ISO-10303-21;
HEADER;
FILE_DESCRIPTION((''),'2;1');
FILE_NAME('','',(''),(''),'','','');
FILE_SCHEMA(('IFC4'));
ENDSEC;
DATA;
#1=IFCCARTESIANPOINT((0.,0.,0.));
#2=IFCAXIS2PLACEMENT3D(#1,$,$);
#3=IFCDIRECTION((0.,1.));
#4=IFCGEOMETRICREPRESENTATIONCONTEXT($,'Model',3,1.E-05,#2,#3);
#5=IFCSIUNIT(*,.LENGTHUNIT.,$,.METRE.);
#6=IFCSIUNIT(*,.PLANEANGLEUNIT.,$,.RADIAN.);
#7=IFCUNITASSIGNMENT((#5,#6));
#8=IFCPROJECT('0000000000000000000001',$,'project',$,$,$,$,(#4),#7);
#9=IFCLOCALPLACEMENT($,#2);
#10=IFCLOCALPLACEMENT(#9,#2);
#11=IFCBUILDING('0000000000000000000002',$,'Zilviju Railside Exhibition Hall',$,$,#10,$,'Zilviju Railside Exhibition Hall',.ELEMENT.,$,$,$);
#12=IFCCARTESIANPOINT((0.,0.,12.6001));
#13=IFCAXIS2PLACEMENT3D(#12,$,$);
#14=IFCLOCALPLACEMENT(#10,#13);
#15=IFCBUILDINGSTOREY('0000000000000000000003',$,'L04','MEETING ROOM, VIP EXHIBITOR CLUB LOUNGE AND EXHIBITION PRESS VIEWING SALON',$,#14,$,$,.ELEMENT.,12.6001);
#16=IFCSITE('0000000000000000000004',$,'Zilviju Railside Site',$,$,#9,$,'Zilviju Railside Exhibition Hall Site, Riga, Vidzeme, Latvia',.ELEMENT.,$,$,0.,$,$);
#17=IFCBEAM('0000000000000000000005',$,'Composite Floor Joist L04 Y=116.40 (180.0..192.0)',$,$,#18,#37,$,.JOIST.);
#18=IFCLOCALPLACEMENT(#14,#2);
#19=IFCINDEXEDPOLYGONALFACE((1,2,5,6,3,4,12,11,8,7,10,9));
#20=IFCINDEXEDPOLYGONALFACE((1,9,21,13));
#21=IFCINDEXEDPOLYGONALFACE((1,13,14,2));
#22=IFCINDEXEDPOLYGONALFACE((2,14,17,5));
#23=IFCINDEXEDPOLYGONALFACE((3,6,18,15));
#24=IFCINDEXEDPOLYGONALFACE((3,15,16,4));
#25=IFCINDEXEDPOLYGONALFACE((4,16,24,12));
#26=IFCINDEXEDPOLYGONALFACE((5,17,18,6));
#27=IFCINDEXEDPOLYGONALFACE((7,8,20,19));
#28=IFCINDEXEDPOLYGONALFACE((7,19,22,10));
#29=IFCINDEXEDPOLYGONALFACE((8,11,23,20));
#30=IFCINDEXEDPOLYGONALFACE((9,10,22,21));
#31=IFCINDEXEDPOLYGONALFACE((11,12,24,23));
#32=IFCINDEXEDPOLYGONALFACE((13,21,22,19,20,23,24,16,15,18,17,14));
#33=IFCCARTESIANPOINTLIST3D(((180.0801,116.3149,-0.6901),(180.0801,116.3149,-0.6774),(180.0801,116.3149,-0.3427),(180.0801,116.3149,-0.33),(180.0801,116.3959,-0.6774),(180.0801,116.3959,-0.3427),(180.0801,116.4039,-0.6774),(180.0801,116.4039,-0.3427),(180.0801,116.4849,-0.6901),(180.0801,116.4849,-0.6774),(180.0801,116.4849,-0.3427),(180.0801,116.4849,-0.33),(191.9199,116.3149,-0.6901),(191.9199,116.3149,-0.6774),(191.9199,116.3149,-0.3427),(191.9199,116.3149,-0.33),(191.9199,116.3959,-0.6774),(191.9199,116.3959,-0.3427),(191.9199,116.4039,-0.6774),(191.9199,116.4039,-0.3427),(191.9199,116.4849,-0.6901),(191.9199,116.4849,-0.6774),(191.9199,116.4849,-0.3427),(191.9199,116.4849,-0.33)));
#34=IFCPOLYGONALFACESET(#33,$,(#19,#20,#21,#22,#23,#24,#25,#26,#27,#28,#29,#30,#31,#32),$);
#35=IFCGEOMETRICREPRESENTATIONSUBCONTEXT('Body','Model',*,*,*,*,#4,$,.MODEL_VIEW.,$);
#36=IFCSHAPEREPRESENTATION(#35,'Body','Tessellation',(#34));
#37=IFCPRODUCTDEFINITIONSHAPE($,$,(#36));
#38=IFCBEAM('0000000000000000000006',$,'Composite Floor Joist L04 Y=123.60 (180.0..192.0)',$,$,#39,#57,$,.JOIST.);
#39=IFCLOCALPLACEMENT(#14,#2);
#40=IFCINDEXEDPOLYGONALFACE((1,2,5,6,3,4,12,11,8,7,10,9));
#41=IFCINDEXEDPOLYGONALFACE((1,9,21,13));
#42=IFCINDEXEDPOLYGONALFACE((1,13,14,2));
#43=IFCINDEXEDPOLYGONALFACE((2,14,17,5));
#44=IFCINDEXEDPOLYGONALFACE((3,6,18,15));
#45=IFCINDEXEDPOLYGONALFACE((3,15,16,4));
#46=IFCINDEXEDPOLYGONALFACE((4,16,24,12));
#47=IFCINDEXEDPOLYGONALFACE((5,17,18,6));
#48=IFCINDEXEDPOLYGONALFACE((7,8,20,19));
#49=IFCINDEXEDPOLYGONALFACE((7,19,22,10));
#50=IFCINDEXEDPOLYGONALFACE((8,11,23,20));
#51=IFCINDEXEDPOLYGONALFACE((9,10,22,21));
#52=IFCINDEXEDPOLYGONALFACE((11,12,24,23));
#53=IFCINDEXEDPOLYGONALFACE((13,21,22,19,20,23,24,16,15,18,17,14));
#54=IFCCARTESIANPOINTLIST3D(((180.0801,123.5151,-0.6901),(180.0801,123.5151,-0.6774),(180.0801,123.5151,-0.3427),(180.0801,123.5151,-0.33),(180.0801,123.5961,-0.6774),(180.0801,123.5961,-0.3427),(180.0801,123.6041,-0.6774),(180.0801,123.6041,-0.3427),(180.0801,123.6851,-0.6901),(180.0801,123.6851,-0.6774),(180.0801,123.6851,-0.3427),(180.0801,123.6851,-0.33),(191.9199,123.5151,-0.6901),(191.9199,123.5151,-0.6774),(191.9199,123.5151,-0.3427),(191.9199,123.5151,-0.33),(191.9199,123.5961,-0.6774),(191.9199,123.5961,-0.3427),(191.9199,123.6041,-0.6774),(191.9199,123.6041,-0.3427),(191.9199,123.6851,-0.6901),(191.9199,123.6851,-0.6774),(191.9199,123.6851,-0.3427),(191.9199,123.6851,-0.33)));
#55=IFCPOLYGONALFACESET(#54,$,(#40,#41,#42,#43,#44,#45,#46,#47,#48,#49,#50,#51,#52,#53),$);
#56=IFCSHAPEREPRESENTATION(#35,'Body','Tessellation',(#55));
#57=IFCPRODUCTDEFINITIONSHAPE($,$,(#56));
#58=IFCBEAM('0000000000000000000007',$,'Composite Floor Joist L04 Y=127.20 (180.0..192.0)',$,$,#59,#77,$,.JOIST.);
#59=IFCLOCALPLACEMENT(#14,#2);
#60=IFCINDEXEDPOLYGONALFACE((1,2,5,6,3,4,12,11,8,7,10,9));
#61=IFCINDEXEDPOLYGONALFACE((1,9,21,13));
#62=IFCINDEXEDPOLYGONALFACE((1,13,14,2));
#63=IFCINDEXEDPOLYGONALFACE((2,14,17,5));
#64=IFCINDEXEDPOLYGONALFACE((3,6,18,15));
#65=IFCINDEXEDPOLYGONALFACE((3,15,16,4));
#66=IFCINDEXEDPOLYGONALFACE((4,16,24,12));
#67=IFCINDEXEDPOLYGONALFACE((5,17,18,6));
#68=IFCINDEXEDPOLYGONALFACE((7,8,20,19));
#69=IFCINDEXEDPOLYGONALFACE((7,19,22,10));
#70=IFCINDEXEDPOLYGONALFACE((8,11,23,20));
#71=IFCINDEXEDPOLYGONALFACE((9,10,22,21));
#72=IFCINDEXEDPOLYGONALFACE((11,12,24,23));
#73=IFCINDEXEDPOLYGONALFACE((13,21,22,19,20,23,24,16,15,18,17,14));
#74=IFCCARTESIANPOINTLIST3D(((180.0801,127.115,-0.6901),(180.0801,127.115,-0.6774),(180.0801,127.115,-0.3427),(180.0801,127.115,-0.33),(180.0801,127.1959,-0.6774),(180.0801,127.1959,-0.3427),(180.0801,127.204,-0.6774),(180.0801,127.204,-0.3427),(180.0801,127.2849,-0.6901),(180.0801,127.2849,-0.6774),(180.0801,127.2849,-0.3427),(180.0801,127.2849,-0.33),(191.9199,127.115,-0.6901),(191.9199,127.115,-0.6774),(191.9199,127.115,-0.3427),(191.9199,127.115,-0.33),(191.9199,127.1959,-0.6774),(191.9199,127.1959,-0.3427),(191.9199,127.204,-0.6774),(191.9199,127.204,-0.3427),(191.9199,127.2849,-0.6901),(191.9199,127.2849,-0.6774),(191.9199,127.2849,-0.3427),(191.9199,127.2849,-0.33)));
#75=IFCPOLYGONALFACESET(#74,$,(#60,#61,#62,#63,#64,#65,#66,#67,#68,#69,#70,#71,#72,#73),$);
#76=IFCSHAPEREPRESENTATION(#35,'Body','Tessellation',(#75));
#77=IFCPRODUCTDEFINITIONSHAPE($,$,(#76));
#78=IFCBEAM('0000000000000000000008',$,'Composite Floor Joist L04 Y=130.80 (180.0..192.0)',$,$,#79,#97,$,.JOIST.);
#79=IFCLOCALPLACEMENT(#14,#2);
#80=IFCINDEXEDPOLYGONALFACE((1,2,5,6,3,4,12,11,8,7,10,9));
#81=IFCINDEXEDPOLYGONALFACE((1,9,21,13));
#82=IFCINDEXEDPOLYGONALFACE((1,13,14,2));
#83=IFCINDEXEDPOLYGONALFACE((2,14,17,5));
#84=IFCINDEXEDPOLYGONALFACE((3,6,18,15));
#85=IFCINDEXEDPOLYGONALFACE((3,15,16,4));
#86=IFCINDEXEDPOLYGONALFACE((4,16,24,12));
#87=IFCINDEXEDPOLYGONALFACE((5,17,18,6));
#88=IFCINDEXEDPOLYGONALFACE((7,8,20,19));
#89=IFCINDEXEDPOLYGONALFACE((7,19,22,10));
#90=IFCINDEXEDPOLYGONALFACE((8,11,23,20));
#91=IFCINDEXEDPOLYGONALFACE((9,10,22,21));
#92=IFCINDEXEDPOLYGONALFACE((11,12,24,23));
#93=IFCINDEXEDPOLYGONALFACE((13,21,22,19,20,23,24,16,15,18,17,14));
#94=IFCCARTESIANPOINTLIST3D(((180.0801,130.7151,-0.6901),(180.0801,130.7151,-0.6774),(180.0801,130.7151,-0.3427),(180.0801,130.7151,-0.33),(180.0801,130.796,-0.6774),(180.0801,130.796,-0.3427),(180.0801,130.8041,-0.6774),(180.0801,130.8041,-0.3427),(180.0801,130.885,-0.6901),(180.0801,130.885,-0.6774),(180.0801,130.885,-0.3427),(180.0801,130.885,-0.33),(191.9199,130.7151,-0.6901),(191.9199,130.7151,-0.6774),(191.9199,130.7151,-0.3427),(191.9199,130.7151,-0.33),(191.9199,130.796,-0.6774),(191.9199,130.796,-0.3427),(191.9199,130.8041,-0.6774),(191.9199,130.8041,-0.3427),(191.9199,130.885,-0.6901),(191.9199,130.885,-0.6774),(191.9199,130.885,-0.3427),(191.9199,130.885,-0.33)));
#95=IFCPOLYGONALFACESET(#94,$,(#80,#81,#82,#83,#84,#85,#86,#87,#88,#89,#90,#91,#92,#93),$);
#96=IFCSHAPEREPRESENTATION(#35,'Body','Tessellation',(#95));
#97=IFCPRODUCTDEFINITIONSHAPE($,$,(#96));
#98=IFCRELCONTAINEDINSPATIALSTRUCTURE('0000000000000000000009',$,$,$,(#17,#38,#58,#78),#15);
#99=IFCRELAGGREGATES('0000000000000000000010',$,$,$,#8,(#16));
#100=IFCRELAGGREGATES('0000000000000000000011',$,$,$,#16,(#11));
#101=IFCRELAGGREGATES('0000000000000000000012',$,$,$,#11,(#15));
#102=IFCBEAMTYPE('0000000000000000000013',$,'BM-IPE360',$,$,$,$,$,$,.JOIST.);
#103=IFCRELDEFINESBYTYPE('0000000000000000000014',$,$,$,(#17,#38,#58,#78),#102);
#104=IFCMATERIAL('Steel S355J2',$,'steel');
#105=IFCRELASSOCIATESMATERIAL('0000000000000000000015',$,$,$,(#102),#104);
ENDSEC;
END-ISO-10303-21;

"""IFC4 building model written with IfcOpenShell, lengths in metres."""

from ifc_helpers import new_model, si_unit, direction, frame, origin, origin_2d, place, context, subcontext, project, spatial, i_section, extrude, material, material_profile, profile_set, type_object, element, save


model = new_model("IFC4")

# Units and contexts
model_context = context("Model", 3, precision=1e-05, world=origin(), true_north=direction((0.0, 1.0)))
body_context = subcontext(model_context, "Body", "Model", "MODEL_VIEW")
ifc_project = project(units=[si_unit("LENGTHUNIT", "METRE"), si_unit("PLANEANGLEUNIT", "RADIAN")], contexts=[model_context])

# Site, building, storey
site_placement = place(None, origin())
site = spatial("IfcSite", under=ifc_project, at=site_placement, Name="Zilviju Railside Site", LongName="Zilviju Railside Exhibition Hall Site, Riga, Vidzeme, Latvia", CompositionType="ELEMENT", RefElevation=0.0)
building_placement = place(site_placement, origin())
building = spatial("IfcBuilding", under=site, at=building_placement, Name="Zilviju Railside Exhibition Hall", LongName="Zilviju Railside Exhibition Hall", CompositionType="ELEMENT")
storey_placement = place(building_placement, frame((0.0, 0.0, 12.6001)))
storey = spatial("IfcBuildingStorey", under=building, at=storey_placement, Name="L04", Description="MEETING ROOM, VIP EXHIBITOR CLUB LOUNGE AND EXHIBITION PRESS VIEWING SALON", CompositionType="ELEMENT", Elevation=12.6001)

# Beams
ifc_material = material(Name="Steel S355J2", Category="steel")
ifc_material_profile_1 = material_profile(ifc_material, i_section(OverallWidth=0.1699, OverallDepth=0.3601, WebThickness=0.0081, FlangeThickness=0.0127, at=origin_2d()), Name="IPE 360")
ifc_profile_set_1 = profile_set([ifc_material_profile_1], Name="Steel S355J2")
beam_type_1 = type_object("IfcBeamType", Name="BM-IPE360", PredefinedType="JOIST", material=ifc_profile_set_1)
for number, where, z_axis, x_axis, name in (
    (1, (180.0801, 116.3999, -0.51), (1.0, 0.0, 0.0), (0.0, 1.0, 0.0), "Composite Floor Joist L04 Y=116.40 (180.0..192.0)"),
    (2, (180.0801, 123.6001, -0.51), (1.0, 0.0, 0.0), (0.0, 1.0, 0.0), "Composite Floor Joist L04 Y=123.60 (180.0..192.0)"),
    (3, (180.0801, 127.2, -0.51), (1.0, 0.0, 0.0), (0.0, 1.0, 0.0), "Composite Floor Joist L04 Y=127.20 (180.0..192.0)"),
    (4, (180.0801, 130.8, -0.51), (1.0, 0.0, 0.0), (0.0, 1.0, 0.0), "Composite Floor Joist L04 Y=130.80 (180.0..192.0)"),
):
    element("IfcBeam", number, at=place(storey_placement, frame(where, z_axis=z_axis, x_axis=x_axis)), inside=storey, type_object=beam_type_1, Name=name, PredefinedType="JOIST", context=body_context, shape_type="SweptSolid", body=[
        extrude(i_section(OverallWidth=0.1699, OverallDepth=0.3601, WebThickness=0.0081, FlangeThickness=0.0127, at=origin_2d()), origin(), (0.0, 0.0, 1.0), 11.8398),
    ])

save(model, "model.ifc")
